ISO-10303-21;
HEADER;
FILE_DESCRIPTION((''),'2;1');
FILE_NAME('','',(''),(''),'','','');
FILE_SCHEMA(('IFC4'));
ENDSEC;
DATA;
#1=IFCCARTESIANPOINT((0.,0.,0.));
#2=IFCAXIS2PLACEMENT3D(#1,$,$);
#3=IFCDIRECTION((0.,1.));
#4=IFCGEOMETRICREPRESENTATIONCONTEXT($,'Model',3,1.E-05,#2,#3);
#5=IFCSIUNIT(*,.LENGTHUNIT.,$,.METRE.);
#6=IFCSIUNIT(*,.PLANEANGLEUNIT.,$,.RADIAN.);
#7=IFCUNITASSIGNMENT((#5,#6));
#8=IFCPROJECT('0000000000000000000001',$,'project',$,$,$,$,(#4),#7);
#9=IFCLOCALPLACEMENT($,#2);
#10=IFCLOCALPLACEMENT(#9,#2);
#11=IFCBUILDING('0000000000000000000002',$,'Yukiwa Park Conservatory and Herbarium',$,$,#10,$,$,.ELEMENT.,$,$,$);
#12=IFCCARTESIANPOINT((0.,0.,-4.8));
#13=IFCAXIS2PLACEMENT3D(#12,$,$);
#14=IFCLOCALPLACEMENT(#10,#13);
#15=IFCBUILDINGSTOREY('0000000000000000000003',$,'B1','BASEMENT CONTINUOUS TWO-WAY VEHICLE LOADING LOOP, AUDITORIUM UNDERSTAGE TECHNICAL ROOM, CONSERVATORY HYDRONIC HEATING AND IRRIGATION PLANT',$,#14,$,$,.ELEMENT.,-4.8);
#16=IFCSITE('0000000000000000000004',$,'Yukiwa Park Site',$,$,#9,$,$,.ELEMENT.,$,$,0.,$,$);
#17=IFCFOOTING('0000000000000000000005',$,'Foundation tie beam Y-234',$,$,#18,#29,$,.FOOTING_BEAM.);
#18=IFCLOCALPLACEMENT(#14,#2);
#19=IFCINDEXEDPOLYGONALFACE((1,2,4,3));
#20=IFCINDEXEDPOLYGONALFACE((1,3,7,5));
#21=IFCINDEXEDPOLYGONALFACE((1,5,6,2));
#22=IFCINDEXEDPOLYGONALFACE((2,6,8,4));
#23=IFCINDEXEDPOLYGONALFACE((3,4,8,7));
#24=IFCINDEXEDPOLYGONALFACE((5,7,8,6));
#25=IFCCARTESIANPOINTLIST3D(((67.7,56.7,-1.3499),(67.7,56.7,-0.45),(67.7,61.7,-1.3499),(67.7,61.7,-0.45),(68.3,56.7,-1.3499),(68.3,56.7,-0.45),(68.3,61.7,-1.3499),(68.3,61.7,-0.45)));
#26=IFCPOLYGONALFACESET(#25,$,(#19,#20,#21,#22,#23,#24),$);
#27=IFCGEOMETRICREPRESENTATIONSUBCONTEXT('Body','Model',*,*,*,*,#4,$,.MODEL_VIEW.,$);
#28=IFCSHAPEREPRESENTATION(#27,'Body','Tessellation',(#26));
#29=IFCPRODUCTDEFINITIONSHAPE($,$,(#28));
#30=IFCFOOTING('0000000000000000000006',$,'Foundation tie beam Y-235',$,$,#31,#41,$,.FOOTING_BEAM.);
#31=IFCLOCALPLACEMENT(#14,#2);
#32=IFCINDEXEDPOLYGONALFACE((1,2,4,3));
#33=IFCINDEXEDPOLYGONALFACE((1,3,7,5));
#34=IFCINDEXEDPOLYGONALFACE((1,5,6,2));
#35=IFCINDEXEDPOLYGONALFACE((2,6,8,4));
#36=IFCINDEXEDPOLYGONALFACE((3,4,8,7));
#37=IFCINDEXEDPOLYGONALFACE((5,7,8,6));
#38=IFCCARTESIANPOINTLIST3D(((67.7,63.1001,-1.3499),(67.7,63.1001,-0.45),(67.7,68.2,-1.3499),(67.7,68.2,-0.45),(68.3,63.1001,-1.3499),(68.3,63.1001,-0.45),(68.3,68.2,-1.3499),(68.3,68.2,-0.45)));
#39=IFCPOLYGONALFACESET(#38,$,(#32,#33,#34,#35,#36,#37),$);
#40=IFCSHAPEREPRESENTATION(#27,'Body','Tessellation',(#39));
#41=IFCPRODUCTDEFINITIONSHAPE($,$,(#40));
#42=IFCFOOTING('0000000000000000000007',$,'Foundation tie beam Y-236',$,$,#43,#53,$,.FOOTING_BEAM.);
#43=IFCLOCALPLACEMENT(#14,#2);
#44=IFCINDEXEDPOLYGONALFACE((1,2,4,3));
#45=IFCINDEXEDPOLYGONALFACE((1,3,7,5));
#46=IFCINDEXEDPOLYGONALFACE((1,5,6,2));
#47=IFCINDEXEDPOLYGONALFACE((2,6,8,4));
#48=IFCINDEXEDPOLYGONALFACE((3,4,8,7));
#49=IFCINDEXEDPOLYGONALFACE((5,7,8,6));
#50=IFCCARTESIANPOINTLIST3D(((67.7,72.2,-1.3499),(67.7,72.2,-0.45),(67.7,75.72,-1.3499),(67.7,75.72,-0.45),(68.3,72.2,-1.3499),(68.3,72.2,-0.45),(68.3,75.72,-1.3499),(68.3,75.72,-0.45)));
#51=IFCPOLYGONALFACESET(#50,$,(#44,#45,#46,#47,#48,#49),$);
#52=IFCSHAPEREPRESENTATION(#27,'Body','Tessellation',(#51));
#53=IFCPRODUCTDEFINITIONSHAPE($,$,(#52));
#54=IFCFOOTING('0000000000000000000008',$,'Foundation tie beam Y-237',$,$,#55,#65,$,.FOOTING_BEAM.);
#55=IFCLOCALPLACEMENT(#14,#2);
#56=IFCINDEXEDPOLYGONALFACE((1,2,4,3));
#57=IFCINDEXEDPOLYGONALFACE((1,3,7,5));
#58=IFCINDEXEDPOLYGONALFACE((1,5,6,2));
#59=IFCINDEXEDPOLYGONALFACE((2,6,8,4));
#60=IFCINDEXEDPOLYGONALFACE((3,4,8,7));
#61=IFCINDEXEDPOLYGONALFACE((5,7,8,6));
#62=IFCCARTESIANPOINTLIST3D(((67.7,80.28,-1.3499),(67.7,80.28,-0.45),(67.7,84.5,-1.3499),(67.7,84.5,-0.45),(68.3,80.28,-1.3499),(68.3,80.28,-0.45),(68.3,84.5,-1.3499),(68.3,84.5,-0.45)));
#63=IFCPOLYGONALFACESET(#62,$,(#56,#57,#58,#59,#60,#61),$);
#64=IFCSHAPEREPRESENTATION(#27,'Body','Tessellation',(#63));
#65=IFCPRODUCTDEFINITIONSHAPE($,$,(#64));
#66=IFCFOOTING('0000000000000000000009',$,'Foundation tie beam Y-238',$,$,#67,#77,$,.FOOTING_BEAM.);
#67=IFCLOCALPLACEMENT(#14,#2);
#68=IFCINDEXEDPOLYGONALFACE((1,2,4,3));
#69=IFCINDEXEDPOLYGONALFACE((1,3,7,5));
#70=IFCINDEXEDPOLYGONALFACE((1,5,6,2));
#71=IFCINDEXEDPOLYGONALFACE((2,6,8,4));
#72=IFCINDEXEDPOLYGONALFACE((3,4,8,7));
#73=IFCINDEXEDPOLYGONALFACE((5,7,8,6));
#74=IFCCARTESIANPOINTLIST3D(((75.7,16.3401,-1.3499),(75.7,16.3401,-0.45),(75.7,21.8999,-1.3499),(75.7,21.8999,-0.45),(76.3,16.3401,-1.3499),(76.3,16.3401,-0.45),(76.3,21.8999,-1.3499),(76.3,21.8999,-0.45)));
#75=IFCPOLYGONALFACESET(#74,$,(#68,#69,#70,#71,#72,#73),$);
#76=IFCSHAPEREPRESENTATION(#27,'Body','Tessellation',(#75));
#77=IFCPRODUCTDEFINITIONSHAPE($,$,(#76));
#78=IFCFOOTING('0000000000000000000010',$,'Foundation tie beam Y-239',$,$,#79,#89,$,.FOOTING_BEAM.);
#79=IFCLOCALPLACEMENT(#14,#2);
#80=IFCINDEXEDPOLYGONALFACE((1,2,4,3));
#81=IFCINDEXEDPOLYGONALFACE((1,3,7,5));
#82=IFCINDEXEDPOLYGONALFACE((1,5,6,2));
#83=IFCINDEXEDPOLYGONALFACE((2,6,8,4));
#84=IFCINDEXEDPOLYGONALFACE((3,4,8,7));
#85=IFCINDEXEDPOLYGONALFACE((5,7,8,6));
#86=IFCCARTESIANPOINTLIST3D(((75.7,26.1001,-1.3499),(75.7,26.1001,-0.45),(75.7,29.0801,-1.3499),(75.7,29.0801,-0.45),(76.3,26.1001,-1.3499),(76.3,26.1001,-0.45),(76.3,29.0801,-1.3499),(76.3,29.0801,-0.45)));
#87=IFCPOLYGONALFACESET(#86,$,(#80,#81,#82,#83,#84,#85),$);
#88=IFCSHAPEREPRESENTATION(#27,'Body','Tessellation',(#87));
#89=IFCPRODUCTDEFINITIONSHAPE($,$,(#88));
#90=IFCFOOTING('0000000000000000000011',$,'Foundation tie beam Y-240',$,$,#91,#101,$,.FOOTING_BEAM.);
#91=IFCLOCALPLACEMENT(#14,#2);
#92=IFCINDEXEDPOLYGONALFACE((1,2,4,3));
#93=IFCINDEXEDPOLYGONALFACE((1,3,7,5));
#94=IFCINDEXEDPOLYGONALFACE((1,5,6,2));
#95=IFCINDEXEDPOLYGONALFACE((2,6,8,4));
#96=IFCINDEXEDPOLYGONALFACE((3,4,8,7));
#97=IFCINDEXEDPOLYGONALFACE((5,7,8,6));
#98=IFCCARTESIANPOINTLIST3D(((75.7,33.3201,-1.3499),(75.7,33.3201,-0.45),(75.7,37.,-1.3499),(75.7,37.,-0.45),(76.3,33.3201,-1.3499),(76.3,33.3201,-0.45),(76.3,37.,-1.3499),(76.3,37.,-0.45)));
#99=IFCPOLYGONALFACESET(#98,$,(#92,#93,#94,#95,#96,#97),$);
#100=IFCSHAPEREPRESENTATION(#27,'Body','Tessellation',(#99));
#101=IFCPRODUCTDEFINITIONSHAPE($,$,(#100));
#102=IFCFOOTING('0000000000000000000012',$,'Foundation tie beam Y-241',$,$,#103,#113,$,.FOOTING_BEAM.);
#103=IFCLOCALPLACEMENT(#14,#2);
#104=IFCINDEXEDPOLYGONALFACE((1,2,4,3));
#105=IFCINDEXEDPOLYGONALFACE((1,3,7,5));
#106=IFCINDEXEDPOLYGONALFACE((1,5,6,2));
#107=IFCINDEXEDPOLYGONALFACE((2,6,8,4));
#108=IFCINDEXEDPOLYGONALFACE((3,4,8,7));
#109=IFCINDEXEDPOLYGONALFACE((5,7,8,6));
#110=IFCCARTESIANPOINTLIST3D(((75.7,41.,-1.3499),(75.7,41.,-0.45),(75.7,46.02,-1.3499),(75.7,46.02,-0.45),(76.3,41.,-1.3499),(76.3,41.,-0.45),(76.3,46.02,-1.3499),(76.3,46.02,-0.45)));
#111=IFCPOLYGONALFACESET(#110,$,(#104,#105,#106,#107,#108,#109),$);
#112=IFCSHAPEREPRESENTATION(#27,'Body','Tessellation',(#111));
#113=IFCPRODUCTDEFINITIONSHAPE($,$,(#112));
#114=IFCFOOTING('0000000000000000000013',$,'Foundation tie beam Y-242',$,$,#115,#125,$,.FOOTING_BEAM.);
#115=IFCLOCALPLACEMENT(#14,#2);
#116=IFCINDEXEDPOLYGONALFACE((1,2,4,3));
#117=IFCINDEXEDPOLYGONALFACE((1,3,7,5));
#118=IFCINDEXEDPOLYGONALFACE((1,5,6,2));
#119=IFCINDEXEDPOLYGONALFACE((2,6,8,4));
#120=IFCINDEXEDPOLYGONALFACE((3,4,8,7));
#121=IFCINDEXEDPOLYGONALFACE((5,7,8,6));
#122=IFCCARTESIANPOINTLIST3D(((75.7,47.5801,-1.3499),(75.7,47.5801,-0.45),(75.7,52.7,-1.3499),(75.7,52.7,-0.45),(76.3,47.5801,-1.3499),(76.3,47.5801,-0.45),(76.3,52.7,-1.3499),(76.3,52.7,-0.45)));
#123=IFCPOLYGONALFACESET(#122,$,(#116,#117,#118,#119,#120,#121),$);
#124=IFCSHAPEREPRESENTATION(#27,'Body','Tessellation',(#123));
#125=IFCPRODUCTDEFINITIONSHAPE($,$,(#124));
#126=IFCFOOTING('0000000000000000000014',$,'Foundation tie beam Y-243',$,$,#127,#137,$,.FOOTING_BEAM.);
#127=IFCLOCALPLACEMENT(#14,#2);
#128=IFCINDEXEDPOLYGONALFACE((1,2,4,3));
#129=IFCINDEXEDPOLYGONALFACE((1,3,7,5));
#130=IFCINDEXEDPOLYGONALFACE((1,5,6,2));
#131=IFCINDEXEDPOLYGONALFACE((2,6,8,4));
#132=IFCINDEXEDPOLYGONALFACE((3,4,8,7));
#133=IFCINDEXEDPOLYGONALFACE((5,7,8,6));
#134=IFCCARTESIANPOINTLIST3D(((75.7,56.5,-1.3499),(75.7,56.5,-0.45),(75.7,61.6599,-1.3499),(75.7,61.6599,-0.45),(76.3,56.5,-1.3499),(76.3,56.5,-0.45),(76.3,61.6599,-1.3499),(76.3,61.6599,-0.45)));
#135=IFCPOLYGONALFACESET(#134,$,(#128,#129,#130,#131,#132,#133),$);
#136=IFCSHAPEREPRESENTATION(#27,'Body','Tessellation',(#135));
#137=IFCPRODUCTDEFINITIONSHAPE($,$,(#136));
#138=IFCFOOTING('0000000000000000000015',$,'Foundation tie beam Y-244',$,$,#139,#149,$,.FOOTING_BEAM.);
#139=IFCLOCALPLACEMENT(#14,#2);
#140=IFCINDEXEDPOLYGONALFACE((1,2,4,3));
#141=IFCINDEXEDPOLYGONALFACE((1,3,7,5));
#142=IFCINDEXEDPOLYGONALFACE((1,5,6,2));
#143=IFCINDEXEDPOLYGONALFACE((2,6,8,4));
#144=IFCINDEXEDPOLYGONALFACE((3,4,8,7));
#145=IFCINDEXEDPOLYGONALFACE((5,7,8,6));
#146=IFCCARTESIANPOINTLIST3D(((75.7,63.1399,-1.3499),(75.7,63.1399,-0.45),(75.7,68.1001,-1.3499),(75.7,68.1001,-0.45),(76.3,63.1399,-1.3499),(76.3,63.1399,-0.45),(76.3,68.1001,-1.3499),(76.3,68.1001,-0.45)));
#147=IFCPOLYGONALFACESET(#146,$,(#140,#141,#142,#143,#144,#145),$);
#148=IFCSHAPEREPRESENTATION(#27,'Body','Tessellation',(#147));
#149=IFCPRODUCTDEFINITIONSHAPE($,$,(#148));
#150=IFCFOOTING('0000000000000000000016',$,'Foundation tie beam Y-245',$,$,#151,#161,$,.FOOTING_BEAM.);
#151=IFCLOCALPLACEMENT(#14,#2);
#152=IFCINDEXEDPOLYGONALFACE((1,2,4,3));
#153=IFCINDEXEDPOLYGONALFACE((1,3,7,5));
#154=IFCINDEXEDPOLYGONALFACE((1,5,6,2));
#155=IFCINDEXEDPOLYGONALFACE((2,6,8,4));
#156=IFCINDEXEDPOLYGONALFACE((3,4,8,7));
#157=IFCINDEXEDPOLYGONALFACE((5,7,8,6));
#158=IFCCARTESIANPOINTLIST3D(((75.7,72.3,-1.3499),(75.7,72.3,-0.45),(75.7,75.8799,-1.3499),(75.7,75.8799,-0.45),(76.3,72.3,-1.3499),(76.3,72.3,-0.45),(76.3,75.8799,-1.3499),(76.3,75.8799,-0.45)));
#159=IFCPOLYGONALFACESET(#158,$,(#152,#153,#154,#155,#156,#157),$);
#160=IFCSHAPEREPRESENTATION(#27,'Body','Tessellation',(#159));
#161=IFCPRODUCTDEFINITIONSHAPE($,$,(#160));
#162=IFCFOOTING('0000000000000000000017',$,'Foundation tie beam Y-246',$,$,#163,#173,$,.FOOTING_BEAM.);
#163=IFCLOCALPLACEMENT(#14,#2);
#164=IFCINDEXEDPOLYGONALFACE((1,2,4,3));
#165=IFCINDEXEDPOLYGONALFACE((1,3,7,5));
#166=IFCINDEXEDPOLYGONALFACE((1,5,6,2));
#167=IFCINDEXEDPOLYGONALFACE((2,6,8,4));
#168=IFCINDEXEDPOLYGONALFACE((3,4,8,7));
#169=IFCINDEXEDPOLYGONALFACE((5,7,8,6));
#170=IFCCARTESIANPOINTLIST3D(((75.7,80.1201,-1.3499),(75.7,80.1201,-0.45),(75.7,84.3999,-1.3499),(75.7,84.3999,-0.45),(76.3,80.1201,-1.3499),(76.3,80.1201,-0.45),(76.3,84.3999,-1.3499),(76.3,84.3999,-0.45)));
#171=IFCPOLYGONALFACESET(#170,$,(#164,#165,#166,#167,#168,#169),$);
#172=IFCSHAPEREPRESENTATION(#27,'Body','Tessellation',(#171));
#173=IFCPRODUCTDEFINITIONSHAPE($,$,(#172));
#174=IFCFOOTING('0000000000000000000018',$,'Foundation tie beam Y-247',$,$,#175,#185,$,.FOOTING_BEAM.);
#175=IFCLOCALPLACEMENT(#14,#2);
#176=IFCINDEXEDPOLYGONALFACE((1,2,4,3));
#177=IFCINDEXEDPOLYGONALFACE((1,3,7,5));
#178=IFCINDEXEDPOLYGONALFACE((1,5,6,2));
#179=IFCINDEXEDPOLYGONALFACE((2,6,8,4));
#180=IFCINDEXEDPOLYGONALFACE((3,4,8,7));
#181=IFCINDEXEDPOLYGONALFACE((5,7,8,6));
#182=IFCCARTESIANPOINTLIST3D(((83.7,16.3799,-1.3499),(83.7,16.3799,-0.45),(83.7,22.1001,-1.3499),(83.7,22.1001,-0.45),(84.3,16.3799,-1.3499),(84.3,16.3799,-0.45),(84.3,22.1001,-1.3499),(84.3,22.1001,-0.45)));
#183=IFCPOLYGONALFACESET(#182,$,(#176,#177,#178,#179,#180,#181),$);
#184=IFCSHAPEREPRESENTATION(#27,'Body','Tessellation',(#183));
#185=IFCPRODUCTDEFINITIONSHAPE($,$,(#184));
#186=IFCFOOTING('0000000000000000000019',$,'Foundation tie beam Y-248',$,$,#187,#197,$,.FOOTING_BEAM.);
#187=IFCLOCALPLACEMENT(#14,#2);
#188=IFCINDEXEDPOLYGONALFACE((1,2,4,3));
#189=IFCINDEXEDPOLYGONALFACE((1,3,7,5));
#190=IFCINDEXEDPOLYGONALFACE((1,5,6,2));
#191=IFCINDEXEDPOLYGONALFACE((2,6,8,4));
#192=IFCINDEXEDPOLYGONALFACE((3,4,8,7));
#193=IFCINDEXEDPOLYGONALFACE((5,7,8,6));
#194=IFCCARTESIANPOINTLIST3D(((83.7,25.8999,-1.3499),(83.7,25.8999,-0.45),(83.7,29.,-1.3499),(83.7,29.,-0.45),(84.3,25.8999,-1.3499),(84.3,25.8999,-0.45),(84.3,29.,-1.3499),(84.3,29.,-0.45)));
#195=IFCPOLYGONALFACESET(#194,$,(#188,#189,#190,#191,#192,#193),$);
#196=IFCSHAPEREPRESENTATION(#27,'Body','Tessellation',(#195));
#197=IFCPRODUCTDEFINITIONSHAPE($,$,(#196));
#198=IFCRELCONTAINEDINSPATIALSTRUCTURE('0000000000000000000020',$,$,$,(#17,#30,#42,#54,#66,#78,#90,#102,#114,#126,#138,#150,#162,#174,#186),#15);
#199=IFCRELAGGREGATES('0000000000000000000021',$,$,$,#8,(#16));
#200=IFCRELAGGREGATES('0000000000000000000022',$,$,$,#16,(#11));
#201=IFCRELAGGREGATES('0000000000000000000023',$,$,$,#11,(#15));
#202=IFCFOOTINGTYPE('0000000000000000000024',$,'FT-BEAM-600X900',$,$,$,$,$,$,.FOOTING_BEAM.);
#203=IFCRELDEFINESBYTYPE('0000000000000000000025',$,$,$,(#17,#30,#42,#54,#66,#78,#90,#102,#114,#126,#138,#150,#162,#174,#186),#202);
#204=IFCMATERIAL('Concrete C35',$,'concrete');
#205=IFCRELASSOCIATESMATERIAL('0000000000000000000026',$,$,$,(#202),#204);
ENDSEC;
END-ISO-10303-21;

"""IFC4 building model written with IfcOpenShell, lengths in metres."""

from ifc_helpers import new_model, si_unit, direction, frame, origin, place, context, subcontext, project, spatial, polyline, outline, extrude, material, type_object, element, save


model = new_model("IFC4")

# Units and contexts
model_context = context("Model", 3, precision=1e-05, world=origin(), true_north=direction((0.0, 1.0)))
body_context = subcontext(model_context, "Body", "Model", "MODEL_VIEW")
ifc_project = project(units=[si_unit("LENGTHUNIT", "METRE"), si_unit("PLANEANGLEUNIT", "RADIAN")], contexts=[model_context])

# Site, building, storey
site_placement = place(None, origin())
site = spatial("IfcSite", under=ifc_project, at=site_placement, Name="Yukiwa Park Site", CompositionType="ELEMENT", RefElevation=0.0)
building_placement = place(site_placement, origin())
building = spatial("IfcBuilding", under=site, at=building_placement, Name="Yukiwa Park Conservatory and Herbarium", CompositionType="ELEMENT")
storey_placement = place(building_placement, frame((0.0, 0.0, -4.8)))
storey = spatial("IfcBuildingStorey", under=building, at=storey_placement, Name="B1", Description="BASEMENT CONTINUOUS TWO-WAY VEHICLE LOADING LOOP, AUDITORIUM UNDERSTAGE TECHNICAL ROOM, CONSERVATORY HYDRONIC HEATING AND IRRIGATION PLANT", CompositionType="ELEMENT", Elevation=-4.8)

# Footings
ifc_material = material(Name="Concrete C35", Category="concrete")
footing_type = type_object("IfcFootingType", Name="FT-BEAM-600X900", PredefinedType="FOOTING_BEAM", material=ifc_material)
footing_1_placement = place(storey_placement, frame((0.0, 0.0, -1.3499)))
element("IfcFooting", 1, at=footing_1_placement, inside=storey, type_object=footing_type, Name="Foundation tie beam Y-234", PredefinedType="FOOTING_BEAM", context=body_context, shape_type="SweptSolid", body=[
    extrude(outline(polyline([(67.7, 56.7), (68.3, 56.7), (68.3, 61.7), (67.7, 61.7), (67.7, 56.7)])), origin(), (0.0, 0.0, 1.0), 0.8999),
])
footing_2_placement = place(storey_placement, frame((0.0, 0.0, -1.3499)))
element("IfcFooting", 2, at=footing_2_placement, inside=storey, type_object=footing_type, Name="Foundation tie beam Y-235", PredefinedType="FOOTING_BEAM", context=body_context, shape_type="SweptSolid", body=[
    extrude(outline(polyline([(67.7, 63.1001), (68.3, 63.1001), (68.3, 68.2), (67.7, 68.2), (67.7, 63.1001)])), origin(), (0.0, 0.0, 1.0), 0.8999),
])
footing_3_placement = place(storey_placement, frame((0.0, 0.0, -1.3499)))
element("IfcFooting", 3, at=footing_3_placement, inside=storey, type_object=footing_type, Name="Foundation tie beam Y-236", PredefinedType="FOOTING_BEAM", context=body_context, shape_type="SweptSolid", body=[
    extrude(outline(polyline([(67.7, 72.2), (68.3, 72.2), (68.3, 75.72), (67.7, 75.72), (67.7, 72.2)])), origin(), (0.0, 0.0, 1.0), 0.8999),
])
footing_4_placement = place(storey_placement, frame((0.0, 0.0, -1.3499)))
element("IfcFooting", 4, at=footing_4_placement, inside=storey, type_object=footing_type, Name="Foundation tie beam Y-237", PredefinedType="FOOTING_BEAM", context=body_context, shape_type="SweptSolid", body=[
    extrude(outline(polyline([(67.7, 80.28), (68.3, 80.28), (68.3, 84.5), (67.7, 84.5), (67.7, 80.28)])), origin(), (0.0, 0.0, 1.0), 0.8999),
])
footing_5_placement = place(storey_placement, frame((0.0, 0.0, -1.3499)))
element("IfcFooting", 5, at=footing_5_placement, inside=storey, type_object=footing_type, Name="Foundation tie beam Y-238", PredefinedType="FOOTING_BEAM", context=body_context, shape_type="SweptSolid", body=[
    extrude(outline(polyline([(75.7, 16.3401), (76.3, 16.3401), (76.3, 21.8999), (75.7, 21.8999), (75.7, 16.3401)])), origin(), (0.0, 0.0, 1.0), 0.8999),
])
footing_6_placement = place(storey_placement, frame((0.0, 0.0, -1.3499)))
element("IfcFooting", 6, at=footing_6_placement, inside=storey, type_object=footing_type, Name="Foundation tie beam Y-239", PredefinedType="FOOTING_BEAM", context=body_context, shape_type="SweptSolid", body=[
    extrude(outline(polyline([(75.7, 26.1001), (76.3, 26.1001), (76.3, 29.0801), (75.7, 29.0801), (75.7, 26.1001)])), origin(), (0.0, 0.0, 1.0), 0.8999),
])
footing_7_placement = place(storey_placement, frame((0.0, 0.0, -1.3499)))
element("IfcFooting", 7, at=footing_7_placement, inside=storey, type_object=footing_type, Name="Foundation tie beam Y-240", PredefinedType="FOOTING_BEAM", context=body_context, shape_type="SweptSolid", body=[
    extrude(outline(polyline([(75.7, 33.3201), (76.3, 33.3201), (76.3, 37.0), (75.7, 37.0), (75.7, 33.3201)])), origin(), (0.0, 0.0, 1.0), 0.8999),
])
footing_8_placement = place(storey_placement, frame((0.0, 0.0, -1.3499)))
element("IfcFooting", 8, at=footing_8_placement, inside=storey, type_object=footing_type, Name="Foundation tie beam Y-241", PredefinedType="FOOTING_BEAM", context=body_context, shape_type="SweptSolid", body=[
    extrude(outline(polyline([(75.7, 41.0), (76.3, 41.0), (76.3, 46.02), (75.7, 46.02), (75.7, 41.0)])), origin(), (0.0, 0.0, 1.0), 0.8999),
])
footing_9_placement = place(storey_placement, frame((0.0, 0.0, -1.3499)))
element("IfcFooting", 9, at=footing_9_placement, inside=storey, type_object=footing_type, Name="Foundation tie beam Y-242", PredefinedType="FOOTING_BEAM", context=body_context, shape_type="SweptSolid", body=[
    extrude(outline(polyline([(75.7, 47.5801), (76.3, 47.5801), (76.3, 52.7), (75.7, 52.7), (75.7, 47.5801)])), origin(), (0.0, 0.0, 1.0), 0.8999),
])
footing_10_placement = place(storey_placement, frame((0.0, 0.0, -1.3499)))
element("IfcFooting", 10, at=footing_10_placement, inside=storey, type_object=footing_type, Name="Foundation tie beam Y-243", PredefinedType="FOOTING_BEAM", context=body_context, shape_type="SweptSolid", body=[
    extrude(outline(polyline([(75.7, 56.5), (76.3, 56.5), (76.3, 61.6599), (75.7, 61.6599), (75.7, 56.5)])), origin(), (0.0, 0.0, 1.0), 0.8999),
])
footing_11_placement = place(storey_placement, frame((0.0, 0.0, -1.3499)))
element("IfcFooting", 11, at=footing_11_placement, inside=storey, type_object=footing_type, Name="Foundation tie beam Y-244", PredefinedType="FOOTING_BEAM", context=body_context, shape_type="SweptSolid", body=[
    extrude(outline(polyline([(75.7, 63.1399), (76.3, 63.1399), (76.3, 68.1001), (75.7, 68.1001), (75.7, 63.1399)])), origin(), (0.0, 0.0, 1.0), 0.8999),
])
footing_12_placement = place(storey_placement, frame((0.0, 0.0, -1.3499)))
element("IfcFooting", 12, at=footing_12_placement, inside=storey, type_object=footing_type, Name="Foundation tie beam Y-245", PredefinedType="FOOTING_BEAM", context=body_context, shape_type="SweptSolid", body=[
    extrude(outline(polyline([(75.7, 72.3), (76.3, 72.3), (76.3, 75.8799), (75.7, 75.8799), (75.7, 72.3)])), origin(), (0.0, 0.0, 1.0), 0.8999),
])
footing_13_placement = place(storey_placement, frame((0.0, 0.0, -1.3499)))
element("IfcFooting", 13, at=footing_13_placement, inside=storey, type_object=footing_type, Name="Foundation tie beam Y-246", PredefinedType="FOOTING_BEAM", context=body_context, shape_type="SweptSolid", body=[
    extrude(outline(polyline([(75.7, 80.1201), (76.3, 80.1201), (76.3, 84.3999), (75.7, 84.3999), (75.7, 80.1201)])), origin(), (0.0, 0.0, 1.0), 0.8999),
])
footing_14_placement = place(storey_placement, frame((0.0, 0.0, -1.3499)))
element("IfcFooting", 14, at=footing_14_placement, inside=storey, type_object=footing_type, Name="Foundation tie beam Y-247", PredefinedType="FOOTING_BEAM", context=body_context, shape_type="SweptSolid", body=[
    extrude(outline(polyline([(83.7, 16.3799), (84.3, 16.3799), (84.3, 22.1001), (83.7, 22.1001), (83.7, 16.3799)])), origin(), (0.0, 0.0, 1.0), 0.8999),
])
footing_15_placement = place(storey_placement, frame((0.0, 0.0, -1.3499)))
element("IfcFooting", 15, at=footing_15_placement, inside=storey, type_object=footing_type, Name="Foundation tie beam Y-248", PredefinedType="FOOTING_BEAM", context=body_context, shape_type="SweptSolid", body=[
    extrude(outline(polyline([(83.7, 25.8999), (84.3, 25.8999), (84.3, 29.0), (83.7, 29.0), (83.7, 25.8999)])), origin(), (0.0, 0.0, 1.0), 0.8999),
])

save(model, "model.ifc")
